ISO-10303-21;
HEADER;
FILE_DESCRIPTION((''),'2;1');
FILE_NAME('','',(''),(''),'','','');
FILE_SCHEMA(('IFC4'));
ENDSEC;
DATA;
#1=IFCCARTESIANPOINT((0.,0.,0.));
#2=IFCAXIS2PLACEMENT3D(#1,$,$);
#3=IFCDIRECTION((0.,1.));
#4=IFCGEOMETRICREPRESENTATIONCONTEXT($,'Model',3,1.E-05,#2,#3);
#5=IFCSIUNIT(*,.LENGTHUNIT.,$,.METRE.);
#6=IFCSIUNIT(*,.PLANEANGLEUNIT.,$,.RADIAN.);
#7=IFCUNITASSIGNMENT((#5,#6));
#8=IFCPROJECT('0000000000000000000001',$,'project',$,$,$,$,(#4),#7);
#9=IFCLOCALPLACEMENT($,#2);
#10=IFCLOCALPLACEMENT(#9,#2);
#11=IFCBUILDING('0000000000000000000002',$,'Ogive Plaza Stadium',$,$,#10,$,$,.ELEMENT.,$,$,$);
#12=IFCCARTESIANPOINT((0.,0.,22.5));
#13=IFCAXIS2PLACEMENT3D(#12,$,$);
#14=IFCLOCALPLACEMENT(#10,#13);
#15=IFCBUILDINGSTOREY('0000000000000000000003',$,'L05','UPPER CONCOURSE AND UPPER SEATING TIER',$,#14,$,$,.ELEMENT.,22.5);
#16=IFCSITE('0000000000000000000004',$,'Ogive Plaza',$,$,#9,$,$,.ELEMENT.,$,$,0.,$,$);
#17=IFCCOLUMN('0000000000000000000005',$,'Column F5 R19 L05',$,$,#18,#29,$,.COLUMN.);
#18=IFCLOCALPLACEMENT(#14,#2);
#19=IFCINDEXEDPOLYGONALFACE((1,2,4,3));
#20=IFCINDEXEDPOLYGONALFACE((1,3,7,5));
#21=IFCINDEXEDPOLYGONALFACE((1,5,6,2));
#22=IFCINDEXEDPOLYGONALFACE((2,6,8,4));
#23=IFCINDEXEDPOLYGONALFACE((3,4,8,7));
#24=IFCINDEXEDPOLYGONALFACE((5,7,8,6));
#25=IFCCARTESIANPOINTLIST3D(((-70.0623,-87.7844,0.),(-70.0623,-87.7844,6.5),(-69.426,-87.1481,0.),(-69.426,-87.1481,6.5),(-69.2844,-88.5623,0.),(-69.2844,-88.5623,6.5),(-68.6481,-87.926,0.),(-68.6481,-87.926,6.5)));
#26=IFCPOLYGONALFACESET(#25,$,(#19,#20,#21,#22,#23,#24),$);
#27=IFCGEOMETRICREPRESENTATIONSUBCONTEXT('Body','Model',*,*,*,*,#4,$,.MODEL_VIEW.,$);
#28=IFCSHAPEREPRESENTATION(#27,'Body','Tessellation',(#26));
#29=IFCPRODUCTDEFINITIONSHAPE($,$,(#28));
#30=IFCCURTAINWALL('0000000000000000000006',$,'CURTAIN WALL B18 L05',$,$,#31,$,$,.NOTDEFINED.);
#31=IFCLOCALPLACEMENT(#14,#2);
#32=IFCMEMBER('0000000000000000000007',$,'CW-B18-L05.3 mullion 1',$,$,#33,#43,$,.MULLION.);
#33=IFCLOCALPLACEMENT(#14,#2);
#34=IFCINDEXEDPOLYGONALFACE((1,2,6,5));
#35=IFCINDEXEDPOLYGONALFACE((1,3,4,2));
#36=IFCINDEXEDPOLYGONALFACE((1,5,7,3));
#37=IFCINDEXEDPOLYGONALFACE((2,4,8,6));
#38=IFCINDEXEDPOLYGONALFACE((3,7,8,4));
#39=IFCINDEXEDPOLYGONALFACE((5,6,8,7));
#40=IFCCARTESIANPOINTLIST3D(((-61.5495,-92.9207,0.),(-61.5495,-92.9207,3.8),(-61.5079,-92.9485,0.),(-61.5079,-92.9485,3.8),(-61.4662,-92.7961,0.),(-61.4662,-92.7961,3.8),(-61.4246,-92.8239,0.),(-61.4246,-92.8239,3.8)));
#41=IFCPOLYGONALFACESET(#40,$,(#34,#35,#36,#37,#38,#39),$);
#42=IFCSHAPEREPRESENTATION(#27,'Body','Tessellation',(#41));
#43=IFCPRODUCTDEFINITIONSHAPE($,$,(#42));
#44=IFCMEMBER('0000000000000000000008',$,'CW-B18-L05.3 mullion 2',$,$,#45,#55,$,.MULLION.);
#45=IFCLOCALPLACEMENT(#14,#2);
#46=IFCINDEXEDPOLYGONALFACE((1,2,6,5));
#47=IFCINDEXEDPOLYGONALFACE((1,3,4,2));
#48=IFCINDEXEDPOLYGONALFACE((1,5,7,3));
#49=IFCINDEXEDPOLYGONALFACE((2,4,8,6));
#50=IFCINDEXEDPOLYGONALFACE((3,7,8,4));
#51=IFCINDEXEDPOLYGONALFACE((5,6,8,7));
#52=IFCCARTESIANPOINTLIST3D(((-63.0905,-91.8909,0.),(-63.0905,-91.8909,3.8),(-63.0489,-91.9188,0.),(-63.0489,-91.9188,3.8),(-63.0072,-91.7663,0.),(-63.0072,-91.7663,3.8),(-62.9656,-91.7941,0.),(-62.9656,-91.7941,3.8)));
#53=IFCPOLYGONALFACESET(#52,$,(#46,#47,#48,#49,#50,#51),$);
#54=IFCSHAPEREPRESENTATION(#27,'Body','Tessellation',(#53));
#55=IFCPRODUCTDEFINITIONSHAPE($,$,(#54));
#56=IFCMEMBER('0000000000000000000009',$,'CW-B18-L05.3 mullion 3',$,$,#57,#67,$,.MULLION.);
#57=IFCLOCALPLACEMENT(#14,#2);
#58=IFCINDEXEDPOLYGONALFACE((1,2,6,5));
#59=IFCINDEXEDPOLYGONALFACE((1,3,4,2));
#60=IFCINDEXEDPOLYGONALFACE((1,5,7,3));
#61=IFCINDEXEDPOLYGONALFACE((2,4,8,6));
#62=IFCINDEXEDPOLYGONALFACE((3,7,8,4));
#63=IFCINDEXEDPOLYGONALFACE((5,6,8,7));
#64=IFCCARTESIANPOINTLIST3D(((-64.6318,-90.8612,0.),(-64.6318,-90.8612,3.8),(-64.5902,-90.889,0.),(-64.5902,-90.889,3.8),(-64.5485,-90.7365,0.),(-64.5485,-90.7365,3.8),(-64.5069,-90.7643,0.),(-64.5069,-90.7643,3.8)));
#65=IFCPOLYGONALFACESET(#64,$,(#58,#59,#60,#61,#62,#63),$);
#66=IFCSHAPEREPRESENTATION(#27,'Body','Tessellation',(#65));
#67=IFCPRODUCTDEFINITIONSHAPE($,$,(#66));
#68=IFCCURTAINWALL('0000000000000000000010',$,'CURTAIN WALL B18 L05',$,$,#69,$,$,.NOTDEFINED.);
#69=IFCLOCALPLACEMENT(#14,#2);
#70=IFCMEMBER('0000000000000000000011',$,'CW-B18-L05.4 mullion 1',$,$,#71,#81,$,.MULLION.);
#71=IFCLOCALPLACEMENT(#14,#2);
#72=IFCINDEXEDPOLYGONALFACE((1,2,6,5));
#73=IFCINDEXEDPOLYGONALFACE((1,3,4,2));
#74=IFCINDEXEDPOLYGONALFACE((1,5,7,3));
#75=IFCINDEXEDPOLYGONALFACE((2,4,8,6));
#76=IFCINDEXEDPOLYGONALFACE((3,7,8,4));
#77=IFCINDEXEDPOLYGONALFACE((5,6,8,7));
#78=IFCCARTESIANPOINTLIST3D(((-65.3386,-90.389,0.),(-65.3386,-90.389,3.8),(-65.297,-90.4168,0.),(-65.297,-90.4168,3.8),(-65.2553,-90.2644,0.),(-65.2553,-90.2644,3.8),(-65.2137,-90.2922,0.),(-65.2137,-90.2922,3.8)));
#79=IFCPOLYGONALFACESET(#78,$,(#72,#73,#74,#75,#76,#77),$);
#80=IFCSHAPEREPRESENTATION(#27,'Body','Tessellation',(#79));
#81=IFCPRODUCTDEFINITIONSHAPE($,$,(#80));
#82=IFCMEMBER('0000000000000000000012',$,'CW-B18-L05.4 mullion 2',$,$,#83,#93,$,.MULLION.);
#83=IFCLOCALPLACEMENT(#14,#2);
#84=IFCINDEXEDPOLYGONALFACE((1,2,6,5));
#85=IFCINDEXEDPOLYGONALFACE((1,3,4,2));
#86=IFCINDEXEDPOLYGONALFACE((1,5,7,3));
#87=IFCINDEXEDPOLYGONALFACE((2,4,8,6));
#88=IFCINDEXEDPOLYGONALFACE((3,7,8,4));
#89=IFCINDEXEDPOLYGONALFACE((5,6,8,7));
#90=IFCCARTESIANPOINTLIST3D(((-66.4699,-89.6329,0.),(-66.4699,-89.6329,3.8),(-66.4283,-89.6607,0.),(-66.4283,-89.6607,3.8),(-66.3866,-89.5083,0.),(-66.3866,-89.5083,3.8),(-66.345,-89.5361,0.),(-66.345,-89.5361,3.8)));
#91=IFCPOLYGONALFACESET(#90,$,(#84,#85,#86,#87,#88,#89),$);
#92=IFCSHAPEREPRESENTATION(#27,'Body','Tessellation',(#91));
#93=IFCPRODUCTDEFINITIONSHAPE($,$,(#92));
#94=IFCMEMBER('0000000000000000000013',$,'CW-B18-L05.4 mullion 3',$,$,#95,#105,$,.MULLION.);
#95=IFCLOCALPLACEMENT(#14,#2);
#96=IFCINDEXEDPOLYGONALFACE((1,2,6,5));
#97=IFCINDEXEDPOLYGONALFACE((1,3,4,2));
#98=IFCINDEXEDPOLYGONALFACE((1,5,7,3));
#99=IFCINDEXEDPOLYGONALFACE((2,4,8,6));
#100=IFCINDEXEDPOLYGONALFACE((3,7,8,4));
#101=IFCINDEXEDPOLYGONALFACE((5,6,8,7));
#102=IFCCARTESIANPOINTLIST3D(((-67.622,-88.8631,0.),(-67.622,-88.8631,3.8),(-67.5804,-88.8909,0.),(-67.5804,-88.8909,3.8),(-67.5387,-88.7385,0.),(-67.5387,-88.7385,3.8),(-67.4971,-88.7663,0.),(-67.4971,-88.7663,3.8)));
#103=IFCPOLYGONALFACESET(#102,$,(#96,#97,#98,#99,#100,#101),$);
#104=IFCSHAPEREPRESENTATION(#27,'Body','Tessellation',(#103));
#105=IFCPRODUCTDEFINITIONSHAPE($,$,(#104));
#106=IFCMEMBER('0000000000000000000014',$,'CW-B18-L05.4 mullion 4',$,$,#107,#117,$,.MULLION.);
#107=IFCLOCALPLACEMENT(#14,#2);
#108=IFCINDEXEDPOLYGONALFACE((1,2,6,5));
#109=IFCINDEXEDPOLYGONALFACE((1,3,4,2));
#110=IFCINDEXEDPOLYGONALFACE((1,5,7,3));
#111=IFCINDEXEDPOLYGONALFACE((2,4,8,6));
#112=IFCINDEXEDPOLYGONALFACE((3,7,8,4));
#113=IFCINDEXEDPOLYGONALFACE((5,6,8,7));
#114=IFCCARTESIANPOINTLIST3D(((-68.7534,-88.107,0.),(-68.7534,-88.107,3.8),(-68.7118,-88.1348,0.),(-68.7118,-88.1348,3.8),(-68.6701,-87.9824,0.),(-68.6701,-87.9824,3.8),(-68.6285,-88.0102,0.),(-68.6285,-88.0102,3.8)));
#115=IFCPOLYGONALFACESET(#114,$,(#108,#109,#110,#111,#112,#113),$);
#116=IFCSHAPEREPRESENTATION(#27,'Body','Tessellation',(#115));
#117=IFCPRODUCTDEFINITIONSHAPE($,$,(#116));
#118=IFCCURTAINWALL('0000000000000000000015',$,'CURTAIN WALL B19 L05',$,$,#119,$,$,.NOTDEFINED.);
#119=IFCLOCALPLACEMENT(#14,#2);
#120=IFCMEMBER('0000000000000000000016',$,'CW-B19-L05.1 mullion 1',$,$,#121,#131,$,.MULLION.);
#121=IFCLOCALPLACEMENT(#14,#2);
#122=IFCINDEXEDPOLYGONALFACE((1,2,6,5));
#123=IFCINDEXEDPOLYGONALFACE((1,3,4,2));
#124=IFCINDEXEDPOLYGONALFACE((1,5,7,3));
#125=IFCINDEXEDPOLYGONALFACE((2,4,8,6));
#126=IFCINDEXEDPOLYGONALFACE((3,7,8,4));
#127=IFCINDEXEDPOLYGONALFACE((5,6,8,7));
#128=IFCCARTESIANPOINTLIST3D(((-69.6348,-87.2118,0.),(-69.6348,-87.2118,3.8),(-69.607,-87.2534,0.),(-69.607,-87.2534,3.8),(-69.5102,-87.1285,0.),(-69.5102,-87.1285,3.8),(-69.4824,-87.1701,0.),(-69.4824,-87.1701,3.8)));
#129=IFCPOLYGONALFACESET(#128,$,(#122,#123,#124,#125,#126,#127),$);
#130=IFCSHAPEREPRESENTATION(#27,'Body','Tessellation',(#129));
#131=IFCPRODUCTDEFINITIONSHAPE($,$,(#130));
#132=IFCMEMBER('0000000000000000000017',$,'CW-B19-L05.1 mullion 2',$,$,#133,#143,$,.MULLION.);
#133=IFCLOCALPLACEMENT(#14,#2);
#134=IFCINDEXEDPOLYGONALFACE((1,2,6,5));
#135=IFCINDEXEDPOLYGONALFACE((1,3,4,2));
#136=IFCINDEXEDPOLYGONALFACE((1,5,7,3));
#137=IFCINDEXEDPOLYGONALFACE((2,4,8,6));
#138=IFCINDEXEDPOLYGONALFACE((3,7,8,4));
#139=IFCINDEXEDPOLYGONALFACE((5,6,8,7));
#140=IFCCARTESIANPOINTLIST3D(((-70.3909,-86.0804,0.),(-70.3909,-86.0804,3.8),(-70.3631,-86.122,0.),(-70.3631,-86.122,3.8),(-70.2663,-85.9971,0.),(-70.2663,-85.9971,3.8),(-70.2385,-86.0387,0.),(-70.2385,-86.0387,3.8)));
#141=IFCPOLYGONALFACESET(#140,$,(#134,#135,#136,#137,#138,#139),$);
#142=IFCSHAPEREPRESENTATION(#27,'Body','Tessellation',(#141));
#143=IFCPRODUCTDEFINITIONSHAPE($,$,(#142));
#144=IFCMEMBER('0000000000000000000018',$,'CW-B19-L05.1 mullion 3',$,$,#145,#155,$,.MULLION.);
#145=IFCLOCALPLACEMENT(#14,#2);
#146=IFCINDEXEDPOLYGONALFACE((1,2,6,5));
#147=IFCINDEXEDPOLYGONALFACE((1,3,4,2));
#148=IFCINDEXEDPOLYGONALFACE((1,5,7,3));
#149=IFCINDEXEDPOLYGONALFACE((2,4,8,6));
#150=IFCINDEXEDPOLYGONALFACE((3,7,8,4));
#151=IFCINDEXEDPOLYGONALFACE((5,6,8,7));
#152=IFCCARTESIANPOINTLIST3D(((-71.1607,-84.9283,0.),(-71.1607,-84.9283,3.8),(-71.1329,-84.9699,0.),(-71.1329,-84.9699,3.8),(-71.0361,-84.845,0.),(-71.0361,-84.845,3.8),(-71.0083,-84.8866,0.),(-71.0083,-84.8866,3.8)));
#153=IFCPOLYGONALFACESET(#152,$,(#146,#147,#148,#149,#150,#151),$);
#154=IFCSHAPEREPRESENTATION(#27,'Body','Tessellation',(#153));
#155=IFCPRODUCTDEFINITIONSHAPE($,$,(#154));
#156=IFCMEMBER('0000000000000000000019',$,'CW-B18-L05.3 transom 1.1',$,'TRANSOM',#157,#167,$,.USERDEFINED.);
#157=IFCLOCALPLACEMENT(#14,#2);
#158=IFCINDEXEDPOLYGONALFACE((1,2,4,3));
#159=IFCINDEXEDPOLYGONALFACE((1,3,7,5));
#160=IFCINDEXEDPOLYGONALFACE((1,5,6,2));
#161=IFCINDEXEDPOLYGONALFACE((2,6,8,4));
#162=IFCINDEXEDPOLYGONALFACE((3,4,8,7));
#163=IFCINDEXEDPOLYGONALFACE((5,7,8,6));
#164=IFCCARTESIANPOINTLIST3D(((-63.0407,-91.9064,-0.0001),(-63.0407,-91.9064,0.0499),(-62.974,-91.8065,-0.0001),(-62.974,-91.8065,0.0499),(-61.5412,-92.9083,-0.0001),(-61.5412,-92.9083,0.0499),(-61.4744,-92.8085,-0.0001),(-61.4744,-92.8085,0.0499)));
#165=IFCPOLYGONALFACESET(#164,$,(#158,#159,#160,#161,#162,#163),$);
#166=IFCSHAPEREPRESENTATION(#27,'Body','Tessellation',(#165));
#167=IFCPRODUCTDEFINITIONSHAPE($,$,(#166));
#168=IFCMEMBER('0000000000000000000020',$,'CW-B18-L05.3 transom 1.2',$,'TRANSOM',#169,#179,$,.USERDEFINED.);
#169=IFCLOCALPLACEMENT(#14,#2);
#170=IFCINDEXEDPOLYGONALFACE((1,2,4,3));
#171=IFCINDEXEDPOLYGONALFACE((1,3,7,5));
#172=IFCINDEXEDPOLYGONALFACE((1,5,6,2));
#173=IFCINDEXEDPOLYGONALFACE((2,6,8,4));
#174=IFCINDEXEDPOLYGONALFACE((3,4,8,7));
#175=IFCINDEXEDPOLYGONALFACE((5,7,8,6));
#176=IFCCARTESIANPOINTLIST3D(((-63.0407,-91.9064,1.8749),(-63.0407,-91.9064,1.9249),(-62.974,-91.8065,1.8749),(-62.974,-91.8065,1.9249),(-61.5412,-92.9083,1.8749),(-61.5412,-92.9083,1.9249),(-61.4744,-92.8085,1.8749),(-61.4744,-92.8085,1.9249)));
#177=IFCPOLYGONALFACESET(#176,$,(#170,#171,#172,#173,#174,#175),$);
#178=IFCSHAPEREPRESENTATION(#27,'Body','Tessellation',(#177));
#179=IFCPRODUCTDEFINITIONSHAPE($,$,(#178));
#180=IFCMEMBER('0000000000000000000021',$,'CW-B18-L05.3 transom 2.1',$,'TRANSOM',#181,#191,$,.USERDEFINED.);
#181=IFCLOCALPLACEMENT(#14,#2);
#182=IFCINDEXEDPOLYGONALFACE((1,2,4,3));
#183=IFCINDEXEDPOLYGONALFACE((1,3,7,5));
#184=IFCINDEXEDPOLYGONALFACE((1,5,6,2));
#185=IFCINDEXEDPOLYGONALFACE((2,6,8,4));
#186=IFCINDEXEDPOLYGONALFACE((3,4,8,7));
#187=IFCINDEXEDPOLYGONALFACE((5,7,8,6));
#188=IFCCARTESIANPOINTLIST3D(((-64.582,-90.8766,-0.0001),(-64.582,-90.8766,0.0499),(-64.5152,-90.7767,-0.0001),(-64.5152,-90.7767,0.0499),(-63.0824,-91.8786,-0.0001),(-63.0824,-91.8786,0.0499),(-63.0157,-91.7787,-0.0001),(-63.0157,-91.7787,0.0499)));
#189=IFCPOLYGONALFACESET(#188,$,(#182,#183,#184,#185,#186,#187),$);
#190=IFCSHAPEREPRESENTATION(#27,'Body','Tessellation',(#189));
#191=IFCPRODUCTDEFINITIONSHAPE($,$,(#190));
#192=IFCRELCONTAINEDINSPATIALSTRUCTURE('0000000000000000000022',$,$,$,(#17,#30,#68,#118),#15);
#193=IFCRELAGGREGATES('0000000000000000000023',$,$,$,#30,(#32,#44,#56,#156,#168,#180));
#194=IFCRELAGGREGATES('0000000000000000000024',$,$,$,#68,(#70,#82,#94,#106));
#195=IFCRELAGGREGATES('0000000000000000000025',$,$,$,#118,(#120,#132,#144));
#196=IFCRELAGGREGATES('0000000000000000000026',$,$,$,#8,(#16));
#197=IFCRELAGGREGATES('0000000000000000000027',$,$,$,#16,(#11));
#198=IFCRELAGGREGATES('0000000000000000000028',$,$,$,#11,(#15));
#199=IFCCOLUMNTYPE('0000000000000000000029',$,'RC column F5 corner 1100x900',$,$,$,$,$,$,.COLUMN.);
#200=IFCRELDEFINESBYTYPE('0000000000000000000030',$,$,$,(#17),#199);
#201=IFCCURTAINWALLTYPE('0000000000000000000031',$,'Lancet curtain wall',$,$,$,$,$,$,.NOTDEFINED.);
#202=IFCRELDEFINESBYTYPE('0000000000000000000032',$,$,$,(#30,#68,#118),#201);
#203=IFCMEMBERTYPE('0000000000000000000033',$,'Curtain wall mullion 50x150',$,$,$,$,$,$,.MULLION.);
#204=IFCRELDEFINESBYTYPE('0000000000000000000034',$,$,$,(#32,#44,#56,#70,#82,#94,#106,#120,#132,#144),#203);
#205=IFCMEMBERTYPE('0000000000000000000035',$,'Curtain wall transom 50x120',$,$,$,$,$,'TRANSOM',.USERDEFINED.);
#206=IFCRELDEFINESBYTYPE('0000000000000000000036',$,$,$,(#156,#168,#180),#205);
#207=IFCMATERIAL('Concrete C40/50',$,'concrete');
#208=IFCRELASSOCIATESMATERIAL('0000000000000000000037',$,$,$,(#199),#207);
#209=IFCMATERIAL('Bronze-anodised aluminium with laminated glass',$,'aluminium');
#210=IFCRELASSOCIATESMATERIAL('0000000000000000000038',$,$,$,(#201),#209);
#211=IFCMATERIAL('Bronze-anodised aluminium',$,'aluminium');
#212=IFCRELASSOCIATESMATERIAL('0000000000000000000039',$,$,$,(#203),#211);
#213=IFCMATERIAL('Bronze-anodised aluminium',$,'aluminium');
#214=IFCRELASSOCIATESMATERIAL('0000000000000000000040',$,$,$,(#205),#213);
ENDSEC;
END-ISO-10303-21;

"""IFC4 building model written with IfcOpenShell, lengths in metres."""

from ifc_helpers import new_model, si_unit, direction, frame, origin, origin_2d, place, context, subcontext, project, spatial, rectangle, extrude, material, material_profile, profile_set, type_object, element, aggregate, save


model = new_model("IFC4")

# Units and contexts
model_context = context("Model", 3, precision=1e-05, world=origin(), true_north=direction((0.0, 1.0)))
body_context = subcontext(model_context, "Body", "Model", "MODEL_VIEW")
ifc_project = project(units=[si_unit("LENGTHUNIT", "METRE"), si_unit("PLANEANGLEUNIT", "RADIAN")], contexts=[model_context])

# Site, building, storey
site_placement = place(None, origin())
site = spatial("IfcSite", under=ifc_project, at=site_placement, Name="Ogive Plaza", CompositionType="ELEMENT", RefElevation=0.0)
building_placement = place(site_placement, origin())
building = spatial("IfcBuilding", under=site, at=building_placement, Name="Ogive Plaza Stadium", CompositionType="ELEMENT")
storey_placement = place(building_placement, frame((0.0, 0.0, 22.5)))
storey = spatial("IfcBuildingStorey", under=building, at=storey_placement, Name="L05", Description="UPPER CONCOURSE AND UPPER SEATING TIER", CompositionType="ELEMENT", Elevation=22.5)

# Column
ifc_material_1 = material(Name="Concrete C40/50", Category="concrete")
ifc_material_profile_1 = material_profile(ifc_material_1, rectangle(XDim=1.1001, YDim=0.8999, at=origin_2d()), Name="RC 1100x900")
ifc_profile_set_1 = profile_set([ifc_material_profile_1], Name="Concrete C40/50")
column_type = type_object("IfcColumnType", Name="RC column F5 corner 1100x900", PredefinedType="COLUMN", material=ifc_profile_set_1)
column_placement = place(storey_placement, frame((-69.3552, -87.8552, 0.0), z_axis=(0.0, 0.0, 1.0), x_axis=(0.707107, -0.707107, 0.0)))
element("IfcColumn", 1, at=column_placement, inside=storey, type_object=column_type, Name="Column F5 R19 L05", PredefinedType="COLUMN", context=body_context, shape_type="SweptSolid", body=[
    extrude(rectangle(XDim=1.1001, YDim=0.8999, at=origin_2d()), origin(), (0.0, 0.0, 1.0), 6.5),
])

# Curtain walls, members
ifc_material_2 = material(Name="Bronze-anodised aluminium with laminated glass", Category="aluminium")
curtain_wall_type = type_object("IfcCurtainWallType", Name="Lancet curtain wall", PredefinedType="NOTDEFINED", material=ifc_material_2)
curtain_wall_1_placement = place(storey_placement, origin())
curtain_wall_1 = element("IfcCurtainWall", 2, at=curtain_wall_1_placement, inside=storey, type_object=curtain_wall_type, Name="CURTAIN WALL B18 L05", PredefinedType="NOTDEFINED")
ifc_material_3 = material(Name="Bronze-anodised aluminium", Category="aluminium")
ifc_material_profile_2 = material_profile(ifc_material_3, rectangle(XDim=0.1499, YDim=0.05, at=origin_2d()), Name="AL 150x50")
ifc_profile_set_2 = profile_set([ifc_material_profile_2], Name="Bronze-anodised aluminium")
member_type_1 = type_object("IfcMemberType", Name="Curtain wall mullion 50x150", PredefinedType="MULLION", material=ifc_profile_set_2)
member_1_placement = place(storey_placement, frame((-61.4871, -92.8723, 0.0), z_axis=(0.0, 0.0, 1.0), x_axis=(-0.55557, -0.83147, 0.0)))
member_1 = element("IfcMember", 3, at=member_1_placement, type_object=member_type_1, Name="CW-B18-L05.3 mullion 1", PredefinedType="MULLION", context=body_context, shape_type="SweptSolid", body=[
    extrude(rectangle(XDim=0.1499, YDim=0.05, at=origin_2d()), origin(), (0.0, 0.0, 1.0), 3.8),
])
member_2_placement = place(storey_placement, frame((-63.0281, -91.8425, 0.0), z_axis=(0.0, 0.0, 1.0), x_axis=(-0.55557, -0.83147, 0.0)))
member_2 = element("IfcMember", 4, at=member_2_placement, type_object=member_type_1, Name="CW-B18-L05.3 mullion 2", PredefinedType="MULLION", context=body_context, shape_type="SweptSolid", body=[
    extrude(rectangle(XDim=0.1499, YDim=0.05, at=origin_2d()), origin(), (0.0, 0.0, 1.0), 3.8),
])
member_3_placement = place(storey_placement, frame((-64.5693, -90.8127, 0.0), z_axis=(0.0, 0.0, 1.0), x_axis=(-0.55557, -0.83147, 0.0)))
member_3 = element("IfcMember", 5, at=member_3_placement, type_object=member_type_1, Name="CW-B18-L05.3 mullion 3", PredefinedType="MULLION", context=body_context, shape_type="SweptSolid", body=[
    extrude(rectangle(XDim=0.1499, YDim=0.05, at=origin_2d()), origin(), (0.0, 0.0, 1.0), 3.8),
])
curtain_wall_2_placement = place(storey_placement, origin())
curtain_wall_2 = element("IfcCurtainWall", 6, at=curtain_wall_2_placement, inside=storey, type_object=curtain_wall_type, Name="CURTAIN WALL B18 L05", PredefinedType="NOTDEFINED")
member_4_placement = place(storey_placement, frame((-65.2761, -90.3406, 0.0), z_axis=(0.0, 0.0, 1.0), x_axis=(-0.55557, -0.83147, 0.0)))
member_4 = element("IfcMember", 7, at=member_4_placement, type_object=member_type_1, Name="CW-B18-L05.4 mullion 1", PredefinedType="MULLION", context=body_context, shape_type="SweptSolid", body=[
    extrude(rectangle(XDim=0.1499, YDim=0.05, at=origin_2d()), origin(), (0.0, 0.0, 1.0), 3.8),
])
member_5_placement = place(storey_placement, frame((-66.4075, -89.5845, 0.0), z_axis=(0.0, 0.0, 1.0), x_axis=(-0.55557, -0.83147, 0.0)))
member_5 = element("IfcMember", 8, at=member_5_placement, type_object=member_type_1, Name="CW-B18-L05.4 mullion 2", PredefinedType="MULLION", context=body_context, shape_type="SweptSolid", body=[
    extrude(rectangle(XDim=0.1499, YDim=0.05, at=origin_2d()), origin(), (0.0, 0.0, 1.0), 3.8),
])
member_6_placement = place(storey_placement, frame((-67.5596, -88.8147, 0.0), z_axis=(0.0, 0.0, 1.0), x_axis=(-0.55557, -0.83147, 0.0)))
member_6 = element("IfcMember", 9, at=member_6_placement, type_object=member_type_1, Name="CW-B18-L05.4 mullion 3", PredefinedType="MULLION", context=body_context, shape_type="SweptSolid", body=[
    extrude(rectangle(XDim=0.1499, YDim=0.05, at=origin_2d()), origin(), (0.0, 0.0, 1.0), 3.8),
])
member_7_placement = place(storey_placement, frame((-68.6909, -88.0586, 0.0), z_axis=(0.0, 0.0, 1.0), x_axis=(-0.55557, -0.83147, 0.0)))
member_7 = element("IfcMember", 10, at=member_7_placement, type_object=member_type_1, Name="CW-B18-L05.4 mullion 4", PredefinedType="MULLION", context=body_context, shape_type="SweptSolid", body=[
    extrude(rectangle(XDim=0.1499, YDim=0.05, at=origin_2d()), origin(), (0.0, 0.0, 1.0), 3.8),
])
curtain_wall_3_placement = place(storey_placement, origin())
curtain_wall_3 = element("IfcCurtainWall", 11, at=curtain_wall_3_placement, inside=storey, type_object=curtain_wall_type, Name="CURTAIN WALL B19 L05", PredefinedType="NOTDEFINED")
member_8_placement = place(storey_placement, frame((-69.5586, -87.1909, 0.0), z_axis=(0.0, 0.0, 1.0), x_axis=(-0.83147, -0.55557, 0.0)))
member_8 = element("IfcMember", 12, at=member_8_placement, type_object=member_type_1, Name="CW-B19-L05.1 mullion 1", PredefinedType="MULLION", context=body_context, shape_type="SweptSolid", body=[
    extrude(rectangle(XDim=0.1499, YDim=0.05, at=origin_2d()), origin(), (0.0, 0.0, 1.0), 3.8),
])
member_9_placement = place(storey_placement, frame((-70.3147, -86.0596, 0.0), z_axis=(0.0, 0.0, 1.0), x_axis=(-0.83147, -0.55557, 0.0)))
member_9 = element("IfcMember", 13, at=member_9_placement, type_object=member_type_1, Name="CW-B19-L05.1 mullion 2", PredefinedType="MULLION", context=body_context, shape_type="SweptSolid", body=[
    extrude(rectangle(XDim=0.1499, YDim=0.05, at=origin_2d()), origin(), (0.0, 0.0, 1.0), 3.8),
])
member_10_placement = place(storey_placement, frame((-71.0845, -84.9075, 0.0), z_axis=(0.0, 0.0, 1.0), x_axis=(-0.83147, -0.55557, 0.0)))
member_10 = element("IfcMember", 14, at=member_10_placement, type_object=member_type_1, Name="CW-B19-L05.1 mullion 3", PredefinedType="MULLION", context=body_context, shape_type="SweptSolid", body=[
    extrude(rectangle(XDim=0.1499, YDim=0.05, at=origin_2d()), origin(), (0.0, 0.0, 1.0), 3.8),
])

# Members
ifc_material_4 = material(Name="Bronze-anodised aluminium", Category="aluminium")
ifc_material_profile_3 = material_profile(ifc_material_4, rectangle(XDim=0.1201, YDim=0.05, at=origin_2d()), Name="AL 120x50")
ifc_profile_set_3 = profile_set([ifc_material_profile_3], Name="Bronze-anodised aluminium")
member_type_2 = type_object("IfcMemberType", Name="Curtain wall transom 50x120", ElementType="TRANSOM", PredefinedType="USERDEFINED", material=ifc_profile_set_3)
member_11_placement = place(storey_placement, frame((-61.5078, -92.8584, 0.0249), z_axis=(-0.831467, 0.555575, 0.0), x_axis=(-0.555575, -0.831467, 0.0)))
member_11 = element("IfcMember", 15, at=member_11_placement, type_object=member_type_2, Name="CW-B18-L05.3 transom 1.1", ObjectType="TRANSOM", PredefinedType="USERDEFINED", context=body_context, shape_type="SweptSolid", body=[
    extrude(rectangle(XDim=0.1201, YDim=0.05, at=origin_2d()), origin(), (0.0, 0.0, 1.0), 1.8035),
])
member_12_placement = place(storey_placement, frame((-61.5078, -92.8584, 1.8999), z_axis=(-0.831467, 0.555575, 0.0), x_axis=(-0.555575, -0.831467, 0.0)))
member_12 = element("IfcMember", 16, at=member_12_placement, type_object=member_type_2, Name="CW-B18-L05.3 transom 1.2", ObjectType="TRANSOM", PredefinedType="USERDEFINED", context=body_context, shape_type="SweptSolid", body=[
    extrude(rectangle(XDim=0.1201, YDim=0.05, at=origin_2d()), origin(), (0.0, 0.0, 1.0), 1.8035),
])
member_13_placement = place(storey_placement, frame((-63.0491, -91.8286, 0.0249), z_axis=(-0.831467, 0.555575, 0.0), x_axis=(-0.555575, -0.831467, 0.0)))
member_13 = element("IfcMember", 17, at=member_13_placement, type_object=member_type_2, Name="CW-B18-L05.3 transom 2.1", ObjectType="TRANSOM", PredefinedType="USERDEFINED", context=body_context, shape_type="SweptSolid", body=[
    extrude(rectangle(XDim=0.1201, YDim=0.05, at=origin_2d()), origin(), (0.0, 0.0, 1.0), 1.8035),
])

aggregate(curtain_wall_1, [member_1, member_2, member_3, member_11, member_12, member_13])
aggregate(curtain_wall_2, [member_4, member_5, member_6, member_7])
aggregate(curtain_wall_3, [member_8, member_9, member_10])

save(model, "model.ifc")
